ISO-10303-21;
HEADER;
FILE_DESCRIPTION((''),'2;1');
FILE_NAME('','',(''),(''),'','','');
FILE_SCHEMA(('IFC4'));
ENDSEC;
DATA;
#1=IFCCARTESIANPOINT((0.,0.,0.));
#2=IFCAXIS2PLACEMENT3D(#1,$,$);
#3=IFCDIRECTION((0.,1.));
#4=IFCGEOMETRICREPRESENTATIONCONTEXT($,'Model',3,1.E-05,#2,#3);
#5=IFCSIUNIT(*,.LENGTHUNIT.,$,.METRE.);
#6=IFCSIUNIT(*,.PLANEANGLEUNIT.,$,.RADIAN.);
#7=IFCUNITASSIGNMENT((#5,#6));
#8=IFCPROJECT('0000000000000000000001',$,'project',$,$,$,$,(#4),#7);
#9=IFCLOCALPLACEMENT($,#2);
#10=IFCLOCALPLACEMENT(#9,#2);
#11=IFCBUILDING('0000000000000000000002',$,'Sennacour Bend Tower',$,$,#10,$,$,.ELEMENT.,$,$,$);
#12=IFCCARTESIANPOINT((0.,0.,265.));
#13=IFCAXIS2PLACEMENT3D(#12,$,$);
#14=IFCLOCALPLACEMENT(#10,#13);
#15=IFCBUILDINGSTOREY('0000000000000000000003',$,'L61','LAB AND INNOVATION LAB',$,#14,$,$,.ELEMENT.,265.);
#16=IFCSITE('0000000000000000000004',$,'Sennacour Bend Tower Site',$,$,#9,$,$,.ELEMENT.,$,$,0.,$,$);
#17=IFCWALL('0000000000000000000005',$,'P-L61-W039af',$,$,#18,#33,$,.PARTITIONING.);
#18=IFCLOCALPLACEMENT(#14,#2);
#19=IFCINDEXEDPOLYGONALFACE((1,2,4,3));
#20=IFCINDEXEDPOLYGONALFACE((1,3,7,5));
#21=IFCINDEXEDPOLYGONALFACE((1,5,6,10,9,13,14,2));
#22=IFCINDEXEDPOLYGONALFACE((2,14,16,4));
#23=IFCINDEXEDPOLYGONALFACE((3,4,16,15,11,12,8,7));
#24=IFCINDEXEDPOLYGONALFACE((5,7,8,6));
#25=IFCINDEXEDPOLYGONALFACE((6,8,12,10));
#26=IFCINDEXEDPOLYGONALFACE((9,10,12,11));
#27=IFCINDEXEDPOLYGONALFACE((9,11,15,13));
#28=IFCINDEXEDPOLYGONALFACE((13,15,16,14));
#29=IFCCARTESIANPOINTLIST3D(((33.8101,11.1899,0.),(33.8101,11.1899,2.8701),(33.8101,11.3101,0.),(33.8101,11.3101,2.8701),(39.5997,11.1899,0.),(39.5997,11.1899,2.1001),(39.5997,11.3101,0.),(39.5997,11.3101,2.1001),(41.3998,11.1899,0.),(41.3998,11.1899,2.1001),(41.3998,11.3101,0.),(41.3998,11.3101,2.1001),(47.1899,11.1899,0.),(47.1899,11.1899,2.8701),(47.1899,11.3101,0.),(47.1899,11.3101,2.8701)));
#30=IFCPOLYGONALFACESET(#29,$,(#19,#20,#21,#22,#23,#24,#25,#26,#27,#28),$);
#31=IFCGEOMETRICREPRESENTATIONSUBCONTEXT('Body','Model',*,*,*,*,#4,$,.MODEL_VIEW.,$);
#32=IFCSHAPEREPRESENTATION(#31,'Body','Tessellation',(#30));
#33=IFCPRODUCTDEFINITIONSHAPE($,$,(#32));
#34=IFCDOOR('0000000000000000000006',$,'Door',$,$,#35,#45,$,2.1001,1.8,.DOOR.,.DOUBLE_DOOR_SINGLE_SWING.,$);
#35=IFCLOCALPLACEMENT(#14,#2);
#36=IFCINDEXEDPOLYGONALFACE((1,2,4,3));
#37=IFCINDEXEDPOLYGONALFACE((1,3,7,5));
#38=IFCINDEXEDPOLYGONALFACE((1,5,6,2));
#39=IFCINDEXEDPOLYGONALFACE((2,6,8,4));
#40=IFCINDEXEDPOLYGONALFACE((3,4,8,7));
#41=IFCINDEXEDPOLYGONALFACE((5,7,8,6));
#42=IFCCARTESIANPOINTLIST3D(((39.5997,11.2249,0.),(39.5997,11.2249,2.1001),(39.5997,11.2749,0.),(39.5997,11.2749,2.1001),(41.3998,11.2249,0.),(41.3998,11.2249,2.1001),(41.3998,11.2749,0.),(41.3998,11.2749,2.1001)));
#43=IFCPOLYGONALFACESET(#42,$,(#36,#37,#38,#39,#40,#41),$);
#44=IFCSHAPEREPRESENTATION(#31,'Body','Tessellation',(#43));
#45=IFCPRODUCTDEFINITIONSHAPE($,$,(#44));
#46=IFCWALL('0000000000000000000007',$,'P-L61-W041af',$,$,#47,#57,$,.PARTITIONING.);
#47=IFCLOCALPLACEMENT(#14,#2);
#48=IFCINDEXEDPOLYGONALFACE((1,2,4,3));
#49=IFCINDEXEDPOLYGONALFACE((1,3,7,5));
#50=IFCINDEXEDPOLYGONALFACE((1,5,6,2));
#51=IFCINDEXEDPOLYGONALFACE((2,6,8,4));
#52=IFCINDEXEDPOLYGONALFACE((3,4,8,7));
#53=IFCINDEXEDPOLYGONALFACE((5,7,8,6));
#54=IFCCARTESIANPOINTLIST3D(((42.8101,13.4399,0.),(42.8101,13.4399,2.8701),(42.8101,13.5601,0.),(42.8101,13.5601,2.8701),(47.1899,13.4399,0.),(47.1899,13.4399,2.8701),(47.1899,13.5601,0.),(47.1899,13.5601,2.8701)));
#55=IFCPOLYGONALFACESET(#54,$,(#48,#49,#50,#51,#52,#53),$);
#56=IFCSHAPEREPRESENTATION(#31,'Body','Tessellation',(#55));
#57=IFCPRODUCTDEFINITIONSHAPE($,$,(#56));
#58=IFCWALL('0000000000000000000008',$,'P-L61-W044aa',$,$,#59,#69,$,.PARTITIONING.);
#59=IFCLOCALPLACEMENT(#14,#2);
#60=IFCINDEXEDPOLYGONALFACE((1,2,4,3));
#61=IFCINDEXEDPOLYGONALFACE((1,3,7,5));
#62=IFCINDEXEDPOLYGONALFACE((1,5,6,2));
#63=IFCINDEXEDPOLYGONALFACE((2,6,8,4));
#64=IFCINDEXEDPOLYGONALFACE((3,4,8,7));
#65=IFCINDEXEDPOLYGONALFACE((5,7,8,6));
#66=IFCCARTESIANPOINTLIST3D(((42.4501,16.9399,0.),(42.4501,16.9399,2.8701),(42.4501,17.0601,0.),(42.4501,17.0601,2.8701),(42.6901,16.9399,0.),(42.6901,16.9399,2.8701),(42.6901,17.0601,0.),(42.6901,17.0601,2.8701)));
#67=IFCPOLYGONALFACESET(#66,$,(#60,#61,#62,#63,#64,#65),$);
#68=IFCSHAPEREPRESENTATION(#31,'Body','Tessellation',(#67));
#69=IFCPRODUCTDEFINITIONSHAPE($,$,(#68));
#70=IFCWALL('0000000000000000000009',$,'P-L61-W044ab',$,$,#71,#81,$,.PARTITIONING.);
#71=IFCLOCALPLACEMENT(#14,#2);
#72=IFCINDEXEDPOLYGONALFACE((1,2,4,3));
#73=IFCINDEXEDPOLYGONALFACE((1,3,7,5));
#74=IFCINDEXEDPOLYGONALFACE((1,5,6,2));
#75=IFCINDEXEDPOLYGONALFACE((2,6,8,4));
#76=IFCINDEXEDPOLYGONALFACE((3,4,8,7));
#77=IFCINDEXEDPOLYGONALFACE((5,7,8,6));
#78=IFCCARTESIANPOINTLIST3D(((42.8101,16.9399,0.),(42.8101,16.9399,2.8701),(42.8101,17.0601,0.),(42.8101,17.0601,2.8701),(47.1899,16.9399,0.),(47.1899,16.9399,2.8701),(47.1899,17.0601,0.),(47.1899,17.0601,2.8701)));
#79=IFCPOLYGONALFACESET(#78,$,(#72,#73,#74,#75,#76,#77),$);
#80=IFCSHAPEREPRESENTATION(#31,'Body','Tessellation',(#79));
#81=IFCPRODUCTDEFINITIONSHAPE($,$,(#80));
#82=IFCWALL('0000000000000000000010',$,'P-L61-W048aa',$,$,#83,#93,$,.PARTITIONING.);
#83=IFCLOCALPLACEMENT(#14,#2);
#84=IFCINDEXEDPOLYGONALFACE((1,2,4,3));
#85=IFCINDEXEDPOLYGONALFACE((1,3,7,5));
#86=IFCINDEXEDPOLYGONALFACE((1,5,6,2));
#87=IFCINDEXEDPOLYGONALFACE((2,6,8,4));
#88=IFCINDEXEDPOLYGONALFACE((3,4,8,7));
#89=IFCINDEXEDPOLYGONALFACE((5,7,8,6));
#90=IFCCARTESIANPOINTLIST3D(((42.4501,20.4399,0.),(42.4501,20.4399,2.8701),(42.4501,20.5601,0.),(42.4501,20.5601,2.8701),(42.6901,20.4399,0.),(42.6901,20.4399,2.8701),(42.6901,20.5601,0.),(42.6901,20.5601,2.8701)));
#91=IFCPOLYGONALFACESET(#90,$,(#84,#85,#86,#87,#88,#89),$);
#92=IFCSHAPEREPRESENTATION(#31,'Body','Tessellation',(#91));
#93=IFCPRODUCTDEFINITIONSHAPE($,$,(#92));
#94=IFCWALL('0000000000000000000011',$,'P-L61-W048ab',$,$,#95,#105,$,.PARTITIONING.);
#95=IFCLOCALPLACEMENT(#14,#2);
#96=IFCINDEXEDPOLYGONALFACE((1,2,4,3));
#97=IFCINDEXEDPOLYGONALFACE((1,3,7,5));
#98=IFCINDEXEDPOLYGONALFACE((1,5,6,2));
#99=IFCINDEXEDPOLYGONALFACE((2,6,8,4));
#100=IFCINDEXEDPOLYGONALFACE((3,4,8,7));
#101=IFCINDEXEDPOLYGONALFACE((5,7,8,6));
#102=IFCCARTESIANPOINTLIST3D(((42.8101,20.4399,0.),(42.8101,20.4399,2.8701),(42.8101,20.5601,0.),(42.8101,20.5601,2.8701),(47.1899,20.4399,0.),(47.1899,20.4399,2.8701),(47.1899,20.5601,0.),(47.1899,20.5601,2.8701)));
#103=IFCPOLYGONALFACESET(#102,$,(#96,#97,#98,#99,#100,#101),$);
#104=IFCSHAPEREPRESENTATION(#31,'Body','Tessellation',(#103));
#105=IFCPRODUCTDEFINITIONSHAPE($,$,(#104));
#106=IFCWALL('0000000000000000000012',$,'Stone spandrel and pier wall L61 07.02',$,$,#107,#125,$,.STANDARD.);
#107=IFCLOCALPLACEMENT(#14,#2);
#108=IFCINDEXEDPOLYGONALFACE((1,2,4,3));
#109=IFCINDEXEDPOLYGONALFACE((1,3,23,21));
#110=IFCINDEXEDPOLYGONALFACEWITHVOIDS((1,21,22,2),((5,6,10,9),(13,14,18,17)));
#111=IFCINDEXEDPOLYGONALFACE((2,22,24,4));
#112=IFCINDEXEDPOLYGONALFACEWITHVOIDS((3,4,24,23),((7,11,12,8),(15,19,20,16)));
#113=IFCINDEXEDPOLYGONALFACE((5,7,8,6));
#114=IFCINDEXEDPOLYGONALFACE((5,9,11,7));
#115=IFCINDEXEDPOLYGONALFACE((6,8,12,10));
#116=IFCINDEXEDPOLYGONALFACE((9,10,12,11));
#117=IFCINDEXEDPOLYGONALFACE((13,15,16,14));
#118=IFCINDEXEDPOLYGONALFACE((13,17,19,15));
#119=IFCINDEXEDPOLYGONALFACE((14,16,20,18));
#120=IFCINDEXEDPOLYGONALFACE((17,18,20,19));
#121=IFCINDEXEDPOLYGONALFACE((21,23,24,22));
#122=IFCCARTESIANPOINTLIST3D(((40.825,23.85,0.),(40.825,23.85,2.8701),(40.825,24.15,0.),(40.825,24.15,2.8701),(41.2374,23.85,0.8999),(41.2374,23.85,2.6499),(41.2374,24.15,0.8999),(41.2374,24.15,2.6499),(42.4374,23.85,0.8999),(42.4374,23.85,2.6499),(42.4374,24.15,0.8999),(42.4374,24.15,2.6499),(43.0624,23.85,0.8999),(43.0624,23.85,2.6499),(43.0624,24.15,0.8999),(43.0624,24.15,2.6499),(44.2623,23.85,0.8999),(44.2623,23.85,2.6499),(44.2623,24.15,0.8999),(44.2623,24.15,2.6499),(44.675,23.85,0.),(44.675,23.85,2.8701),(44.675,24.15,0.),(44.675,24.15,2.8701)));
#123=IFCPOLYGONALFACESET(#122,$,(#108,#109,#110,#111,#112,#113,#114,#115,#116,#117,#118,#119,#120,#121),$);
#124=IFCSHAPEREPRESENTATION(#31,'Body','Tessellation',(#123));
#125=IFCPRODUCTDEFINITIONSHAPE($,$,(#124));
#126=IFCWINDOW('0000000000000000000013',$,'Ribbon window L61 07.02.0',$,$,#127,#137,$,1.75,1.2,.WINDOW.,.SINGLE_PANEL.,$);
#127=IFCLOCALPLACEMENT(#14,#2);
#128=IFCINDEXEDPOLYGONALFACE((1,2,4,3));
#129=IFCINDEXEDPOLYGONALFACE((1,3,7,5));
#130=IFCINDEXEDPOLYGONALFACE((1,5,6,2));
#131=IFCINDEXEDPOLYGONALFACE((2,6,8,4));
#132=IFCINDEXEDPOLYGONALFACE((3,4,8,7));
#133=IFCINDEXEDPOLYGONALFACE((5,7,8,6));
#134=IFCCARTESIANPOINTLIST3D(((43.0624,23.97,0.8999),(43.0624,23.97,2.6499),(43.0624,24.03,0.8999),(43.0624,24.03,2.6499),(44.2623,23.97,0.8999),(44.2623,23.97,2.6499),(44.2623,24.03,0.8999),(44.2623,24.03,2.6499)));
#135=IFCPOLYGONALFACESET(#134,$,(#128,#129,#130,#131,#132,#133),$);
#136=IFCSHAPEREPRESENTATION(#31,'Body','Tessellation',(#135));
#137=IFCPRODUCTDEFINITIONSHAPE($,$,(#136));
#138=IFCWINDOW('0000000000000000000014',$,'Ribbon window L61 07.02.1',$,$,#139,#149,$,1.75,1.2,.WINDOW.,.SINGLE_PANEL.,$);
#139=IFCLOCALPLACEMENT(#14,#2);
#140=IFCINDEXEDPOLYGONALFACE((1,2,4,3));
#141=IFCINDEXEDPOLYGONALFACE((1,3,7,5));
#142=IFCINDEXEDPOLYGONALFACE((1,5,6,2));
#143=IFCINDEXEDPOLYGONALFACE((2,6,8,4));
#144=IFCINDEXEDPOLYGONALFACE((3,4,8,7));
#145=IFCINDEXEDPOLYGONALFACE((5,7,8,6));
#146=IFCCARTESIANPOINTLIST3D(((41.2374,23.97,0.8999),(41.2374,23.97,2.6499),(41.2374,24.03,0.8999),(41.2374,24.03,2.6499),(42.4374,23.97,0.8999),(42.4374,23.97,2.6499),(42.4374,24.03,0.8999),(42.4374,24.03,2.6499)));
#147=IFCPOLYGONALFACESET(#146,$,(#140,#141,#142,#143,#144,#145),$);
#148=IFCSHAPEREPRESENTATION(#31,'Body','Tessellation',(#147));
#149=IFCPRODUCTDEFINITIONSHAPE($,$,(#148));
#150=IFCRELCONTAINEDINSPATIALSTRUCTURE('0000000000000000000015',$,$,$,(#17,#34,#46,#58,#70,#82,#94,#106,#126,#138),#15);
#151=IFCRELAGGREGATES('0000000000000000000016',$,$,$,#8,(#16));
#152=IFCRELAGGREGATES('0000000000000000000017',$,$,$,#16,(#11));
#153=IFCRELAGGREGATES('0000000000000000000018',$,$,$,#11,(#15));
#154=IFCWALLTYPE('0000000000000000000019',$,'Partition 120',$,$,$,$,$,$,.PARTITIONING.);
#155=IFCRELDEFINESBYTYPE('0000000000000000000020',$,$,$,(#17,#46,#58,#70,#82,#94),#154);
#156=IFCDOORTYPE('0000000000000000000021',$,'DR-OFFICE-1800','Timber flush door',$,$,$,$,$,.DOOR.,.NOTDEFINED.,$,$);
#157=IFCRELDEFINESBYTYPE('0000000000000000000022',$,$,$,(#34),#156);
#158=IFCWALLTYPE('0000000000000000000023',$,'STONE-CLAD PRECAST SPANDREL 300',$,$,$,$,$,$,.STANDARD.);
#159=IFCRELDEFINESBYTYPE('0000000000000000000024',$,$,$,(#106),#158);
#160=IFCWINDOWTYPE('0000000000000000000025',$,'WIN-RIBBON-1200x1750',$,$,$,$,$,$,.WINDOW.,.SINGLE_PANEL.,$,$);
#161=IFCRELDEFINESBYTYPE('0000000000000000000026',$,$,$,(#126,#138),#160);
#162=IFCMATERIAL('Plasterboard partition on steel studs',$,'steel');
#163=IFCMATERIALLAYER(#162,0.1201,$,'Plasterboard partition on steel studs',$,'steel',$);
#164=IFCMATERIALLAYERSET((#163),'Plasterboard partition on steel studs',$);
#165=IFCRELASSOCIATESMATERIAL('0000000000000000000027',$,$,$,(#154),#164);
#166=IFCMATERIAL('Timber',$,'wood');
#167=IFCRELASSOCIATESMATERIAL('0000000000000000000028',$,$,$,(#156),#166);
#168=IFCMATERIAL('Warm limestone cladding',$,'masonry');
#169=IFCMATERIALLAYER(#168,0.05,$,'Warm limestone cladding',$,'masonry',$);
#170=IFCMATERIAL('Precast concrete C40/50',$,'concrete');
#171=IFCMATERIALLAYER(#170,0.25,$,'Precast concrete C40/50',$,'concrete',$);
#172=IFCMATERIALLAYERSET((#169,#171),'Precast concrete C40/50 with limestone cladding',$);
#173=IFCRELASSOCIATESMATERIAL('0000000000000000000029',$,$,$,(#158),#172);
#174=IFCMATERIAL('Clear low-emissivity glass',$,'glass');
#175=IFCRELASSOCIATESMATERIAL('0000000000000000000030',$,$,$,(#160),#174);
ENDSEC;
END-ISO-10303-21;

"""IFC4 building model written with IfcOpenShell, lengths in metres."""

from ifc_helpers import new_model, si_unit, direction, frame, frame_2d, origin, place, context, subcontext, project, spatial, rectangle, extrude, material, layer, layer_set, type_object, element, fill, save


model = new_model("IFC4")

# Units and contexts
model_context = context("Model", 3, precision=1e-05, world=origin(), true_north=direction((0.0, 1.0)))
body_context = subcontext(model_context, "Body", "Model", "MODEL_VIEW")
ifc_project = project(units=[si_unit("LENGTHUNIT", "METRE"), si_unit("PLANEANGLEUNIT", "RADIAN")], contexts=[model_context])

# Site, building, storey
site_placement = place(None, origin())
site = spatial("IfcSite", under=ifc_project, at=site_placement, Name="Sennacour Bend Tower Site", CompositionType="ELEMENT", RefElevation=0.0)
building_placement = place(site_placement, origin())
building = spatial("IfcBuilding", under=site, at=building_placement, Name="Sennacour Bend Tower", CompositionType="ELEMENT")
storey_placement = place(building_placement, frame((0.0, 0.0, 265.0)))
storey = spatial("IfcBuildingStorey", under=building, at=storey_placement, Name="L61", Description="LAB AND INNOVATION LAB", CompositionType="ELEMENT", Elevation=265.0)

# Shared definitions
ifc_material_1 = material(Name="Plasterboard partition on steel studs", Category="steel")
ifc_layer_1 = layer(ifc_material_1, 0.1201, Name="Plasterboard partition on steel studs", Category="steel")
ifc_layer_set_1 = layer_set([ifc_layer_1], Name="Plasterboard partition on steel studs")
wall_type_1 = type_object("IfcWallType", Name="Partition 120", PredefinedType="PARTITIONING", material=ifc_layer_set_1)

# Wall, opening, door
wall_1_placement = place(storey_placement, frame((33.8101, 11.25, 0.0), z_axis=(0.0, 0.0, 1.0), x_axis=(1.0, 0.0, 0.0)))
wall_1 = element("IfcWall", 1, at=wall_1_placement, inside=storey, type_object=wall_type_1, Name="P-L61-W039af", PredefinedType="PARTITIONING", context=body_context, shape_type="SweptSolid", body=[
    extrude(rectangle(XDim=13.3799, YDim=0.1201, at=frame_2d((6.6899, 0.0))), origin(), (0.0, 0.0, 1.0), 2.8701),
])
opening_1_placement = place(wall_1_placement, frame((5.7898, 0.0, 0.0)))
opening_1 = element("IfcOpeningElement", 2, at=opening_1_placement, cuts=wall_1, PredefinedType="OPENING", context=body_context, shape_type="SweptSolid", body=[
    extrude(rectangle(XDim=1.8, YDim=2.1001, at=frame_2d((0.8999, 1.05))), frame((0.0, 0.0701, 0.0), z_axis=(0.0, -1.0, 0.0), x_axis=(1.0, 0.0, 0.0)), (0.0, 0.0, 1.0), 0.1401),
])
ifc_material_2 = material(Name="Timber", Category="wood")
door_type = type_object("IfcDoorType", Name="DR-OFFICE-1800", Description="Timber flush door", OperationType="NOTDEFINED", PredefinedType="DOOR", material=ifc_material_2)
door_placement = place(opening_1_placement, origin())
door = element("IfcDoor", 3, at=door_placement, inside=storey, type_object=door_type, Name="Door", OperationType="DOUBLE_DOOR_SINGLE_SWING", OverallHeight=2.1001, OverallWidth=1.8, PredefinedType="DOOR", context=body_context, shape_type="SweptSolid", body=[
    extrude(rectangle(XDim=1.8, YDim=2.1001, at=frame_2d((0.8999, 1.05))), frame((0.0, 0.0249, 0.0), z_axis=(0.0, -1.0, 0.0), x_axis=(1.0, 0.0, 0.0)), (0.0, 0.0, 1.0), 0.05),
])
fill(opening_1, door)

# Walls
wall_2_placement = place(storey_placement, frame((42.8101, 13.5, 0.0), z_axis=(0.0, 0.0, 1.0), x_axis=(1.0, 0.0, 0.0)))
element("IfcWall", 4, at=wall_2_placement, inside=storey, type_object=wall_type_1, Name="P-L61-W041af", PredefinedType="PARTITIONING", context=body_context, shape_type="SweptSolid", body=[
    extrude(rectangle(XDim=4.3799, YDim=0.1201, at=frame_2d((2.1899, 0.0))), origin(), (0.0, 0.0, 1.0), 2.8701),
])
wall_3_placement = place(storey_placement, frame((42.45, 17.0, 0.0), z_axis=(0.0, 0.0, 1.0), x_axis=(1.0, 0.0, 0.0)))
element("IfcWall", 5, at=wall_3_placement, inside=storey, type_object=wall_type_1, Name="P-L61-W044aa", PredefinedType="PARTITIONING", context=body_context, shape_type="SweptSolid", body=[
    extrude(rectangle(XDim=0.24, YDim=0.1201, at=frame_2d((0.1201, 0.0))), origin(), (0.0, 0.0, 1.0), 2.8701),
])
wall_4_placement = place(storey_placement, frame((42.8101, 17.0, 0.0), z_axis=(0.0, 0.0, 1.0), x_axis=(1.0, 0.0, 0.0)))
element("IfcWall", 6, at=wall_4_placement, inside=storey, type_object=wall_type_1, Name="P-L61-W044ab", PredefinedType="PARTITIONING", context=body_context, shape_type="SweptSolid", body=[
    extrude(rectangle(XDim=4.3799, YDim=0.1201, at=frame_2d((2.1899, 0.0))), origin(), (0.0, 0.0, 1.0), 2.8701),
])
wall_5_placement = place(storey_placement, frame((42.45, 20.5, 0.0), z_axis=(0.0, 0.0, 1.0), x_axis=(1.0, 0.0, 0.0)))
element("IfcWall", 7, at=wall_5_placement, inside=storey, type_object=wall_type_1, Name="P-L61-W048aa", PredefinedType="PARTITIONING", context=body_context, shape_type="SweptSolid", body=[
    extrude(rectangle(XDim=0.24, YDim=0.1201, at=frame_2d((0.1201, 0.0))), origin(), (0.0, 0.0, 1.0), 2.8701),
])
wall_6_placement = place(storey_placement, frame((42.8101, 20.5, 0.0), z_axis=(0.0, 0.0, 1.0), x_axis=(1.0, 0.0, 0.0)))
element("IfcWall", 8, at=wall_6_placement, inside=storey, type_object=wall_type_1, Name="P-L61-W048ab", PredefinedType="PARTITIONING", context=body_context, shape_type="SweptSolid", body=[
    extrude(rectangle(XDim=4.3799, YDim=0.1201, at=frame_2d((2.1899, 0.0))), origin(), (0.0, 0.0, 1.0), 2.8701),
])

# Wall, openings, windows
ifc_material_3 = material(Name="Warm limestone cladding", Category="masonry")
ifc_layer_2 = layer(ifc_material_3, 0.05, Name="Warm limestone cladding", Category="masonry")
ifc_material_4 = material(Name="Precast concrete C40/50", Category="concrete")
ifc_layer_3 = layer(ifc_material_4, 0.25, Name="Precast concrete C40/50", Category="concrete")
ifc_layer_set_2 = layer_set([ifc_layer_2, ifc_layer_3], Name="Precast concrete C40/50 with limestone cladding")
wall_type_2 = type_object("IfcWallType", Name="STONE-CLAD PRECAST SPANDREL 300", PredefinedType="STANDARD", material=ifc_layer_set_2)
wall_7_placement = place(storey_placement, frame((44.675, 24.0, 0.0), z_axis=(0.0, 0.0, 1.0), x_axis=(-1.0, 0.0, 0.0)))
wall_7 = element("IfcWall", 9, at=wall_7_placement, inside=storey, type_object=wall_type_2, Name="Stone spandrel and pier wall L61 07.02", PredefinedType="STANDARD", context=body_context, shape_type="SweptSolid", body=[
    extrude(rectangle(XDim=3.8501, YDim=0.3, at=frame_2d((1.925, 0.0))), origin(), (0.0, 0.0, 1.0), 2.8701),
])
opening_2_placement = place(wall_7_placement, frame((0.4126, 0.0, 0.8999)))
opening_2 = element("IfcOpeningElement", 10, at=opening_2_placement, cuts=wall_7, PredefinedType="OPENING", context=body_context, shape_type="SweptSolid", body=[
    extrude(rectangle(XDim=1.2, YDim=1.75, at=frame_2d((0.6001, 0.875))), frame((0.0, 0.1602, 0.0), z_axis=(0.0, -1.0, 0.0), x_axis=(1.0, 0.0, 0.0)), (0.0, 0.0, 1.0), 0.3201),
])
opening_3_placement = place(wall_7_placement, frame((2.2375, 0.0, 0.8999)))
opening_3 = element("IfcOpeningElement", 11, at=opening_3_placement, cuts=wall_7, PredefinedType="OPENING", context=body_context, shape_type="SweptSolid", body=[
    extrude(rectangle(XDim=1.2, YDim=1.75, at=frame_2d((0.6001, 0.875))), frame((0.0, 0.1602, 0.0), z_axis=(0.0, -1.0, 0.0), x_axis=(1.0, 0.0, 0.0)), (0.0, 0.0, 1.0), 0.3201),
])
ifc_material_5 = material(Name="Clear low-emissivity glass", Category="glass")
window_type = type_object("IfcWindowType", Name="WIN-RIBBON-1200x1750", PartitioningType="SINGLE_PANEL", PredefinedType="WINDOW", material=ifc_material_5)
window_1_placement = place(opening_2_placement, origin())
window_1 = element("IfcWindow", 12, at=window_1_placement, inside=storey, type_object=window_type, Name="Ribbon window L61 07.02.0", OverallHeight=1.75, OverallWidth=1.2, PartitioningType="SINGLE_PANEL", PredefinedType="WINDOW", context=body_context, shape_type="SweptSolid", body=[
    extrude(rectangle(XDim=1.2, YDim=1.75, at=frame_2d((0.6001, 0.875))), frame((0.0, 0.03, 0.0), z_axis=(0.0, -1.0, 0.0), x_axis=(1.0, 0.0, 0.0)), (0.0, 0.0, 1.0), 0.0601),
])
fill(opening_2, window_1)
window_2_placement = place(opening_3_placement, origin())
window_2 = element("IfcWindow", 13, at=window_2_placement, inside=storey, type_object=window_type, Name="Ribbon window L61 07.02.1", OverallHeight=1.75, OverallWidth=1.2, PartitioningType="SINGLE_PANEL", PredefinedType="WINDOW", context=body_context, shape_type="SweptSolid", body=[
    extrude(rectangle(XDim=1.2, YDim=1.75, at=frame_2d((0.6001, 0.875))), frame((0.0, 0.03, 0.0), z_axis=(0.0, -1.0, 0.0), x_axis=(1.0, 0.0, 0.0)), (0.0, 0.0, 1.0), 0.0601),
])
fill(opening_3, window_2)

save(model, "model.ifc")
